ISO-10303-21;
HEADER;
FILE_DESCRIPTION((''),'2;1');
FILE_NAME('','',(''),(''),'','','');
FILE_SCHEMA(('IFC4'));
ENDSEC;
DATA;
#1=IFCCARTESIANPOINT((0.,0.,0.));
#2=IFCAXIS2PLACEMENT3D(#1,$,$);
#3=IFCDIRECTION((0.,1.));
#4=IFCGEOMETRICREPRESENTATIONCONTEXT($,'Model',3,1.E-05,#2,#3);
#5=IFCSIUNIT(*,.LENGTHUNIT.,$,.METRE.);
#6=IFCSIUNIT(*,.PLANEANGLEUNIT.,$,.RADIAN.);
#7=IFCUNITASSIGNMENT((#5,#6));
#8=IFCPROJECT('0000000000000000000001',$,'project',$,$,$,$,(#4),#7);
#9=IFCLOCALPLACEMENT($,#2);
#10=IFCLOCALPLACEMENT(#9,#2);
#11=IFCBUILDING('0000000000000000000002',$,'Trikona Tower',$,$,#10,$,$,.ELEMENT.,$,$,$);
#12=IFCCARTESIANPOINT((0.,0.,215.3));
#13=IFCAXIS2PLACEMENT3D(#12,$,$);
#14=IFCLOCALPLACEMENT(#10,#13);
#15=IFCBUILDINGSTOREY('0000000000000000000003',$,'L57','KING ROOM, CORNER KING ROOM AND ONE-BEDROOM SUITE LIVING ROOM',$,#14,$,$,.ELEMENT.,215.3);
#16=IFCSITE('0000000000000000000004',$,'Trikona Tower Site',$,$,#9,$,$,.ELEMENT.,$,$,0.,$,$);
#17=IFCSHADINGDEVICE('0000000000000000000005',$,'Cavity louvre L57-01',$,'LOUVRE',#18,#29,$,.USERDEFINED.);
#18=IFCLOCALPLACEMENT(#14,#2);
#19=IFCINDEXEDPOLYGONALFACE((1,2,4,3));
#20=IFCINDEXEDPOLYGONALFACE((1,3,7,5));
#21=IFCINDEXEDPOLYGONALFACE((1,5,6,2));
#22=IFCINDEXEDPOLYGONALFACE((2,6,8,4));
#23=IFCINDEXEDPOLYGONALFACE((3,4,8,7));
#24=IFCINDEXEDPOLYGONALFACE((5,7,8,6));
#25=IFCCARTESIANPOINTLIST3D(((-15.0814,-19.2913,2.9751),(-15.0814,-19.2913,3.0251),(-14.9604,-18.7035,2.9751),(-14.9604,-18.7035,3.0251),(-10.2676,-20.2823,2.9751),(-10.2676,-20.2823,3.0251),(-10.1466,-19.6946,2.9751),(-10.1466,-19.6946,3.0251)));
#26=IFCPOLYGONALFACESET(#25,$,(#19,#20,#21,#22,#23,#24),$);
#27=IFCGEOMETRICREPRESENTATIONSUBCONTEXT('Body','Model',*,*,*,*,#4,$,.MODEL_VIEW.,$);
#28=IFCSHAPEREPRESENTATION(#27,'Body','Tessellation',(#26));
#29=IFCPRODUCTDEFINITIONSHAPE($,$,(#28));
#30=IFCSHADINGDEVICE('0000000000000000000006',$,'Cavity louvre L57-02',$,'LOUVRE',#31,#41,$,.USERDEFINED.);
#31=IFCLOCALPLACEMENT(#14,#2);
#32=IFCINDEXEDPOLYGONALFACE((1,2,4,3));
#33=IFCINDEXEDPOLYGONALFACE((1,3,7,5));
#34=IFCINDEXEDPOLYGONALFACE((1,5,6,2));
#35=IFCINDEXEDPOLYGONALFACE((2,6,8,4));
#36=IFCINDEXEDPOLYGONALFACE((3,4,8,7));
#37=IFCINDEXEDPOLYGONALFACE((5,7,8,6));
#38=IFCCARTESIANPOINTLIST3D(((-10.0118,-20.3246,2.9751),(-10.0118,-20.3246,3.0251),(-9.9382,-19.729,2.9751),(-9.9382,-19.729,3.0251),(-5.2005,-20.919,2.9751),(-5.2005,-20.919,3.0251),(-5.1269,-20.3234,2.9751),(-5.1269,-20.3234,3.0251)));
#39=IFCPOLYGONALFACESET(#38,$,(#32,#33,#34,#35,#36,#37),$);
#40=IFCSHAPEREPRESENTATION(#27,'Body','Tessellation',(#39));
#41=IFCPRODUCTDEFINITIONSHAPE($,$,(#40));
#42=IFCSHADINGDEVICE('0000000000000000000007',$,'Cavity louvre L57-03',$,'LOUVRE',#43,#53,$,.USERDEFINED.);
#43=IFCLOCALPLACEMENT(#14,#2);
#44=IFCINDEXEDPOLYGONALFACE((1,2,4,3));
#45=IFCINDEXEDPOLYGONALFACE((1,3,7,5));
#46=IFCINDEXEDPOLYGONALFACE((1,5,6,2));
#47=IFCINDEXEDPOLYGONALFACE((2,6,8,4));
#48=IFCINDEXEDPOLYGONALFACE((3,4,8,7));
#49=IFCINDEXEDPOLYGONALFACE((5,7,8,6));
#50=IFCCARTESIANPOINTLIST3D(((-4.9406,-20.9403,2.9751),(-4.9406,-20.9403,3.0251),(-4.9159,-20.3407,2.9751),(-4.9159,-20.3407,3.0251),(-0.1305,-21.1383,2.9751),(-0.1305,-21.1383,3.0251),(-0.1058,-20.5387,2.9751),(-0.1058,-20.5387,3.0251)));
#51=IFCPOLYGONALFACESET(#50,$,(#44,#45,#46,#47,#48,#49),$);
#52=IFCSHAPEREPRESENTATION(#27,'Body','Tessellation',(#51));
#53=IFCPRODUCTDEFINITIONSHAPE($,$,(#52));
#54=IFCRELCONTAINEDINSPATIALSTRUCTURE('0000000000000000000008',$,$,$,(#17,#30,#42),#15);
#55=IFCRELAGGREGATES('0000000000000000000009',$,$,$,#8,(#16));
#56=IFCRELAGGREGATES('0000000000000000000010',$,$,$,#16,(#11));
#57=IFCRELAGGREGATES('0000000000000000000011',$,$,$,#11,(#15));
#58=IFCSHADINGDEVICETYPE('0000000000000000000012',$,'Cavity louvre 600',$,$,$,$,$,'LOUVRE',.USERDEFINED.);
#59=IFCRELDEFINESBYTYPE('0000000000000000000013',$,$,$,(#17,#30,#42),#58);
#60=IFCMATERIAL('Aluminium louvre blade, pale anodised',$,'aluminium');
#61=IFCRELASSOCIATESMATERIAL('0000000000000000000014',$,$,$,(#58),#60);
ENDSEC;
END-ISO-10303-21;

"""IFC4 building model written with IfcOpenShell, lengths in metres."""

from ifc_helpers import new_model, si_unit, direction, frame, origin, origin_2d, place, context, subcontext, project, spatial, rectangle, extrude, material, type_object, element, save


model = new_model("IFC4")

# Units and contexts
model_context = context("Model", 3, precision=1e-05, world=origin(), true_north=direction((0.0, 1.0)))
body_context = subcontext(model_context, "Body", "Model", "MODEL_VIEW")
ifc_project = project(units=[si_unit("LENGTHUNIT", "METRE"), si_unit("PLANEANGLEUNIT", "RADIAN")], contexts=[model_context])

# Site, building, storey
site_placement = place(None, origin())
site = spatial("IfcSite", under=ifc_project, at=site_placement, Name="Trikona Tower Site", CompositionType="ELEMENT", RefElevation=0.0)
building_placement = place(site_placement, origin())
building = spatial("IfcBuilding", under=site, at=building_placement, Name="Trikona Tower", CompositionType="ELEMENT")
storey_placement = place(building_placement, frame((0.0, 0.0, 215.3)))
storey = spatial("IfcBuildingStorey", under=building, at=storey_placement, Name="L57", Description="KING ROOM, CORNER KING ROOM AND ONE-BEDROOM SUITE LIVING ROOM", CompositionType="ELEMENT", Elevation=215.3)

# Shading devices
ifc_material_1 = material(Name="Aluminium louvre blade, pale anodised", Category="aluminium")
shading_device_type = type_object("IfcShadingDeviceType", Name="Cavity louvre 600", ElementType="LOUVRE", PredefinedType="USERDEFINED", material=ifc_material_1)
shading_device_1_placement = place(storey_placement, frame((-12.614, -19.4929, 2.9751), z_axis=(0.0, 0.0, 1.0), x_axis=(0.979458, -0.201651, 0.0)))
element("IfcShadingDevice", 1, at=shading_device_1_placement, inside=storey, type_object=shading_device_type, Name="Cavity louvre L57-01", ObjectType="LOUVRE", PredefinedType="USERDEFINED", context=body_context, shape_type="SweptSolid", body=[
    extrude(rectangle(XDim=4.9148, YDim=0.6001, at=origin_2d()), origin(), (0.0, 0.0, 1.0), 0.05),
])
shading_device_2_placement = place(storey_placement, frame((-7.5693, -20.324, 2.9751), z_axis=(0.0, 0.0, 1.0), x_axis=(0.992455, -0.122607, 0.0)))
element("IfcShadingDevice", 2, at=shading_device_2_placement, inside=storey, type_object=shading_device_type, Name="Cavity louvre L57-02", ObjectType="LOUVRE", PredefinedType="USERDEFINED", context=body_context, shape_type="SweptSolid", body=[
    extrude(rectangle(XDim=4.8479, YDim=0.6001, at=origin_2d()), origin(), (0.0, 0.0, 1.0), 0.05),
])
shading_device_3_placement = place(storey_placement, frame((-2.5232, -20.7395, 2.9751), z_axis=(0.0, 0.0, 1.0), x_axis=(0.999153, -0.041145, 0.0)))
element("IfcShadingDevice", 3, at=shading_device_3_placement, inside=storey, type_object=shading_device_type, Name="Cavity louvre L57-03", ObjectType="LOUVRE", PredefinedType="USERDEFINED", context=body_context, shape_type="SweptSolid", body=[
    extrude(rectangle(XDim=4.8142, YDim=0.6001, at=origin_2d()), origin(), (0.0, 0.0, 1.0), 0.05),
])

save(model, "model.ifc")
